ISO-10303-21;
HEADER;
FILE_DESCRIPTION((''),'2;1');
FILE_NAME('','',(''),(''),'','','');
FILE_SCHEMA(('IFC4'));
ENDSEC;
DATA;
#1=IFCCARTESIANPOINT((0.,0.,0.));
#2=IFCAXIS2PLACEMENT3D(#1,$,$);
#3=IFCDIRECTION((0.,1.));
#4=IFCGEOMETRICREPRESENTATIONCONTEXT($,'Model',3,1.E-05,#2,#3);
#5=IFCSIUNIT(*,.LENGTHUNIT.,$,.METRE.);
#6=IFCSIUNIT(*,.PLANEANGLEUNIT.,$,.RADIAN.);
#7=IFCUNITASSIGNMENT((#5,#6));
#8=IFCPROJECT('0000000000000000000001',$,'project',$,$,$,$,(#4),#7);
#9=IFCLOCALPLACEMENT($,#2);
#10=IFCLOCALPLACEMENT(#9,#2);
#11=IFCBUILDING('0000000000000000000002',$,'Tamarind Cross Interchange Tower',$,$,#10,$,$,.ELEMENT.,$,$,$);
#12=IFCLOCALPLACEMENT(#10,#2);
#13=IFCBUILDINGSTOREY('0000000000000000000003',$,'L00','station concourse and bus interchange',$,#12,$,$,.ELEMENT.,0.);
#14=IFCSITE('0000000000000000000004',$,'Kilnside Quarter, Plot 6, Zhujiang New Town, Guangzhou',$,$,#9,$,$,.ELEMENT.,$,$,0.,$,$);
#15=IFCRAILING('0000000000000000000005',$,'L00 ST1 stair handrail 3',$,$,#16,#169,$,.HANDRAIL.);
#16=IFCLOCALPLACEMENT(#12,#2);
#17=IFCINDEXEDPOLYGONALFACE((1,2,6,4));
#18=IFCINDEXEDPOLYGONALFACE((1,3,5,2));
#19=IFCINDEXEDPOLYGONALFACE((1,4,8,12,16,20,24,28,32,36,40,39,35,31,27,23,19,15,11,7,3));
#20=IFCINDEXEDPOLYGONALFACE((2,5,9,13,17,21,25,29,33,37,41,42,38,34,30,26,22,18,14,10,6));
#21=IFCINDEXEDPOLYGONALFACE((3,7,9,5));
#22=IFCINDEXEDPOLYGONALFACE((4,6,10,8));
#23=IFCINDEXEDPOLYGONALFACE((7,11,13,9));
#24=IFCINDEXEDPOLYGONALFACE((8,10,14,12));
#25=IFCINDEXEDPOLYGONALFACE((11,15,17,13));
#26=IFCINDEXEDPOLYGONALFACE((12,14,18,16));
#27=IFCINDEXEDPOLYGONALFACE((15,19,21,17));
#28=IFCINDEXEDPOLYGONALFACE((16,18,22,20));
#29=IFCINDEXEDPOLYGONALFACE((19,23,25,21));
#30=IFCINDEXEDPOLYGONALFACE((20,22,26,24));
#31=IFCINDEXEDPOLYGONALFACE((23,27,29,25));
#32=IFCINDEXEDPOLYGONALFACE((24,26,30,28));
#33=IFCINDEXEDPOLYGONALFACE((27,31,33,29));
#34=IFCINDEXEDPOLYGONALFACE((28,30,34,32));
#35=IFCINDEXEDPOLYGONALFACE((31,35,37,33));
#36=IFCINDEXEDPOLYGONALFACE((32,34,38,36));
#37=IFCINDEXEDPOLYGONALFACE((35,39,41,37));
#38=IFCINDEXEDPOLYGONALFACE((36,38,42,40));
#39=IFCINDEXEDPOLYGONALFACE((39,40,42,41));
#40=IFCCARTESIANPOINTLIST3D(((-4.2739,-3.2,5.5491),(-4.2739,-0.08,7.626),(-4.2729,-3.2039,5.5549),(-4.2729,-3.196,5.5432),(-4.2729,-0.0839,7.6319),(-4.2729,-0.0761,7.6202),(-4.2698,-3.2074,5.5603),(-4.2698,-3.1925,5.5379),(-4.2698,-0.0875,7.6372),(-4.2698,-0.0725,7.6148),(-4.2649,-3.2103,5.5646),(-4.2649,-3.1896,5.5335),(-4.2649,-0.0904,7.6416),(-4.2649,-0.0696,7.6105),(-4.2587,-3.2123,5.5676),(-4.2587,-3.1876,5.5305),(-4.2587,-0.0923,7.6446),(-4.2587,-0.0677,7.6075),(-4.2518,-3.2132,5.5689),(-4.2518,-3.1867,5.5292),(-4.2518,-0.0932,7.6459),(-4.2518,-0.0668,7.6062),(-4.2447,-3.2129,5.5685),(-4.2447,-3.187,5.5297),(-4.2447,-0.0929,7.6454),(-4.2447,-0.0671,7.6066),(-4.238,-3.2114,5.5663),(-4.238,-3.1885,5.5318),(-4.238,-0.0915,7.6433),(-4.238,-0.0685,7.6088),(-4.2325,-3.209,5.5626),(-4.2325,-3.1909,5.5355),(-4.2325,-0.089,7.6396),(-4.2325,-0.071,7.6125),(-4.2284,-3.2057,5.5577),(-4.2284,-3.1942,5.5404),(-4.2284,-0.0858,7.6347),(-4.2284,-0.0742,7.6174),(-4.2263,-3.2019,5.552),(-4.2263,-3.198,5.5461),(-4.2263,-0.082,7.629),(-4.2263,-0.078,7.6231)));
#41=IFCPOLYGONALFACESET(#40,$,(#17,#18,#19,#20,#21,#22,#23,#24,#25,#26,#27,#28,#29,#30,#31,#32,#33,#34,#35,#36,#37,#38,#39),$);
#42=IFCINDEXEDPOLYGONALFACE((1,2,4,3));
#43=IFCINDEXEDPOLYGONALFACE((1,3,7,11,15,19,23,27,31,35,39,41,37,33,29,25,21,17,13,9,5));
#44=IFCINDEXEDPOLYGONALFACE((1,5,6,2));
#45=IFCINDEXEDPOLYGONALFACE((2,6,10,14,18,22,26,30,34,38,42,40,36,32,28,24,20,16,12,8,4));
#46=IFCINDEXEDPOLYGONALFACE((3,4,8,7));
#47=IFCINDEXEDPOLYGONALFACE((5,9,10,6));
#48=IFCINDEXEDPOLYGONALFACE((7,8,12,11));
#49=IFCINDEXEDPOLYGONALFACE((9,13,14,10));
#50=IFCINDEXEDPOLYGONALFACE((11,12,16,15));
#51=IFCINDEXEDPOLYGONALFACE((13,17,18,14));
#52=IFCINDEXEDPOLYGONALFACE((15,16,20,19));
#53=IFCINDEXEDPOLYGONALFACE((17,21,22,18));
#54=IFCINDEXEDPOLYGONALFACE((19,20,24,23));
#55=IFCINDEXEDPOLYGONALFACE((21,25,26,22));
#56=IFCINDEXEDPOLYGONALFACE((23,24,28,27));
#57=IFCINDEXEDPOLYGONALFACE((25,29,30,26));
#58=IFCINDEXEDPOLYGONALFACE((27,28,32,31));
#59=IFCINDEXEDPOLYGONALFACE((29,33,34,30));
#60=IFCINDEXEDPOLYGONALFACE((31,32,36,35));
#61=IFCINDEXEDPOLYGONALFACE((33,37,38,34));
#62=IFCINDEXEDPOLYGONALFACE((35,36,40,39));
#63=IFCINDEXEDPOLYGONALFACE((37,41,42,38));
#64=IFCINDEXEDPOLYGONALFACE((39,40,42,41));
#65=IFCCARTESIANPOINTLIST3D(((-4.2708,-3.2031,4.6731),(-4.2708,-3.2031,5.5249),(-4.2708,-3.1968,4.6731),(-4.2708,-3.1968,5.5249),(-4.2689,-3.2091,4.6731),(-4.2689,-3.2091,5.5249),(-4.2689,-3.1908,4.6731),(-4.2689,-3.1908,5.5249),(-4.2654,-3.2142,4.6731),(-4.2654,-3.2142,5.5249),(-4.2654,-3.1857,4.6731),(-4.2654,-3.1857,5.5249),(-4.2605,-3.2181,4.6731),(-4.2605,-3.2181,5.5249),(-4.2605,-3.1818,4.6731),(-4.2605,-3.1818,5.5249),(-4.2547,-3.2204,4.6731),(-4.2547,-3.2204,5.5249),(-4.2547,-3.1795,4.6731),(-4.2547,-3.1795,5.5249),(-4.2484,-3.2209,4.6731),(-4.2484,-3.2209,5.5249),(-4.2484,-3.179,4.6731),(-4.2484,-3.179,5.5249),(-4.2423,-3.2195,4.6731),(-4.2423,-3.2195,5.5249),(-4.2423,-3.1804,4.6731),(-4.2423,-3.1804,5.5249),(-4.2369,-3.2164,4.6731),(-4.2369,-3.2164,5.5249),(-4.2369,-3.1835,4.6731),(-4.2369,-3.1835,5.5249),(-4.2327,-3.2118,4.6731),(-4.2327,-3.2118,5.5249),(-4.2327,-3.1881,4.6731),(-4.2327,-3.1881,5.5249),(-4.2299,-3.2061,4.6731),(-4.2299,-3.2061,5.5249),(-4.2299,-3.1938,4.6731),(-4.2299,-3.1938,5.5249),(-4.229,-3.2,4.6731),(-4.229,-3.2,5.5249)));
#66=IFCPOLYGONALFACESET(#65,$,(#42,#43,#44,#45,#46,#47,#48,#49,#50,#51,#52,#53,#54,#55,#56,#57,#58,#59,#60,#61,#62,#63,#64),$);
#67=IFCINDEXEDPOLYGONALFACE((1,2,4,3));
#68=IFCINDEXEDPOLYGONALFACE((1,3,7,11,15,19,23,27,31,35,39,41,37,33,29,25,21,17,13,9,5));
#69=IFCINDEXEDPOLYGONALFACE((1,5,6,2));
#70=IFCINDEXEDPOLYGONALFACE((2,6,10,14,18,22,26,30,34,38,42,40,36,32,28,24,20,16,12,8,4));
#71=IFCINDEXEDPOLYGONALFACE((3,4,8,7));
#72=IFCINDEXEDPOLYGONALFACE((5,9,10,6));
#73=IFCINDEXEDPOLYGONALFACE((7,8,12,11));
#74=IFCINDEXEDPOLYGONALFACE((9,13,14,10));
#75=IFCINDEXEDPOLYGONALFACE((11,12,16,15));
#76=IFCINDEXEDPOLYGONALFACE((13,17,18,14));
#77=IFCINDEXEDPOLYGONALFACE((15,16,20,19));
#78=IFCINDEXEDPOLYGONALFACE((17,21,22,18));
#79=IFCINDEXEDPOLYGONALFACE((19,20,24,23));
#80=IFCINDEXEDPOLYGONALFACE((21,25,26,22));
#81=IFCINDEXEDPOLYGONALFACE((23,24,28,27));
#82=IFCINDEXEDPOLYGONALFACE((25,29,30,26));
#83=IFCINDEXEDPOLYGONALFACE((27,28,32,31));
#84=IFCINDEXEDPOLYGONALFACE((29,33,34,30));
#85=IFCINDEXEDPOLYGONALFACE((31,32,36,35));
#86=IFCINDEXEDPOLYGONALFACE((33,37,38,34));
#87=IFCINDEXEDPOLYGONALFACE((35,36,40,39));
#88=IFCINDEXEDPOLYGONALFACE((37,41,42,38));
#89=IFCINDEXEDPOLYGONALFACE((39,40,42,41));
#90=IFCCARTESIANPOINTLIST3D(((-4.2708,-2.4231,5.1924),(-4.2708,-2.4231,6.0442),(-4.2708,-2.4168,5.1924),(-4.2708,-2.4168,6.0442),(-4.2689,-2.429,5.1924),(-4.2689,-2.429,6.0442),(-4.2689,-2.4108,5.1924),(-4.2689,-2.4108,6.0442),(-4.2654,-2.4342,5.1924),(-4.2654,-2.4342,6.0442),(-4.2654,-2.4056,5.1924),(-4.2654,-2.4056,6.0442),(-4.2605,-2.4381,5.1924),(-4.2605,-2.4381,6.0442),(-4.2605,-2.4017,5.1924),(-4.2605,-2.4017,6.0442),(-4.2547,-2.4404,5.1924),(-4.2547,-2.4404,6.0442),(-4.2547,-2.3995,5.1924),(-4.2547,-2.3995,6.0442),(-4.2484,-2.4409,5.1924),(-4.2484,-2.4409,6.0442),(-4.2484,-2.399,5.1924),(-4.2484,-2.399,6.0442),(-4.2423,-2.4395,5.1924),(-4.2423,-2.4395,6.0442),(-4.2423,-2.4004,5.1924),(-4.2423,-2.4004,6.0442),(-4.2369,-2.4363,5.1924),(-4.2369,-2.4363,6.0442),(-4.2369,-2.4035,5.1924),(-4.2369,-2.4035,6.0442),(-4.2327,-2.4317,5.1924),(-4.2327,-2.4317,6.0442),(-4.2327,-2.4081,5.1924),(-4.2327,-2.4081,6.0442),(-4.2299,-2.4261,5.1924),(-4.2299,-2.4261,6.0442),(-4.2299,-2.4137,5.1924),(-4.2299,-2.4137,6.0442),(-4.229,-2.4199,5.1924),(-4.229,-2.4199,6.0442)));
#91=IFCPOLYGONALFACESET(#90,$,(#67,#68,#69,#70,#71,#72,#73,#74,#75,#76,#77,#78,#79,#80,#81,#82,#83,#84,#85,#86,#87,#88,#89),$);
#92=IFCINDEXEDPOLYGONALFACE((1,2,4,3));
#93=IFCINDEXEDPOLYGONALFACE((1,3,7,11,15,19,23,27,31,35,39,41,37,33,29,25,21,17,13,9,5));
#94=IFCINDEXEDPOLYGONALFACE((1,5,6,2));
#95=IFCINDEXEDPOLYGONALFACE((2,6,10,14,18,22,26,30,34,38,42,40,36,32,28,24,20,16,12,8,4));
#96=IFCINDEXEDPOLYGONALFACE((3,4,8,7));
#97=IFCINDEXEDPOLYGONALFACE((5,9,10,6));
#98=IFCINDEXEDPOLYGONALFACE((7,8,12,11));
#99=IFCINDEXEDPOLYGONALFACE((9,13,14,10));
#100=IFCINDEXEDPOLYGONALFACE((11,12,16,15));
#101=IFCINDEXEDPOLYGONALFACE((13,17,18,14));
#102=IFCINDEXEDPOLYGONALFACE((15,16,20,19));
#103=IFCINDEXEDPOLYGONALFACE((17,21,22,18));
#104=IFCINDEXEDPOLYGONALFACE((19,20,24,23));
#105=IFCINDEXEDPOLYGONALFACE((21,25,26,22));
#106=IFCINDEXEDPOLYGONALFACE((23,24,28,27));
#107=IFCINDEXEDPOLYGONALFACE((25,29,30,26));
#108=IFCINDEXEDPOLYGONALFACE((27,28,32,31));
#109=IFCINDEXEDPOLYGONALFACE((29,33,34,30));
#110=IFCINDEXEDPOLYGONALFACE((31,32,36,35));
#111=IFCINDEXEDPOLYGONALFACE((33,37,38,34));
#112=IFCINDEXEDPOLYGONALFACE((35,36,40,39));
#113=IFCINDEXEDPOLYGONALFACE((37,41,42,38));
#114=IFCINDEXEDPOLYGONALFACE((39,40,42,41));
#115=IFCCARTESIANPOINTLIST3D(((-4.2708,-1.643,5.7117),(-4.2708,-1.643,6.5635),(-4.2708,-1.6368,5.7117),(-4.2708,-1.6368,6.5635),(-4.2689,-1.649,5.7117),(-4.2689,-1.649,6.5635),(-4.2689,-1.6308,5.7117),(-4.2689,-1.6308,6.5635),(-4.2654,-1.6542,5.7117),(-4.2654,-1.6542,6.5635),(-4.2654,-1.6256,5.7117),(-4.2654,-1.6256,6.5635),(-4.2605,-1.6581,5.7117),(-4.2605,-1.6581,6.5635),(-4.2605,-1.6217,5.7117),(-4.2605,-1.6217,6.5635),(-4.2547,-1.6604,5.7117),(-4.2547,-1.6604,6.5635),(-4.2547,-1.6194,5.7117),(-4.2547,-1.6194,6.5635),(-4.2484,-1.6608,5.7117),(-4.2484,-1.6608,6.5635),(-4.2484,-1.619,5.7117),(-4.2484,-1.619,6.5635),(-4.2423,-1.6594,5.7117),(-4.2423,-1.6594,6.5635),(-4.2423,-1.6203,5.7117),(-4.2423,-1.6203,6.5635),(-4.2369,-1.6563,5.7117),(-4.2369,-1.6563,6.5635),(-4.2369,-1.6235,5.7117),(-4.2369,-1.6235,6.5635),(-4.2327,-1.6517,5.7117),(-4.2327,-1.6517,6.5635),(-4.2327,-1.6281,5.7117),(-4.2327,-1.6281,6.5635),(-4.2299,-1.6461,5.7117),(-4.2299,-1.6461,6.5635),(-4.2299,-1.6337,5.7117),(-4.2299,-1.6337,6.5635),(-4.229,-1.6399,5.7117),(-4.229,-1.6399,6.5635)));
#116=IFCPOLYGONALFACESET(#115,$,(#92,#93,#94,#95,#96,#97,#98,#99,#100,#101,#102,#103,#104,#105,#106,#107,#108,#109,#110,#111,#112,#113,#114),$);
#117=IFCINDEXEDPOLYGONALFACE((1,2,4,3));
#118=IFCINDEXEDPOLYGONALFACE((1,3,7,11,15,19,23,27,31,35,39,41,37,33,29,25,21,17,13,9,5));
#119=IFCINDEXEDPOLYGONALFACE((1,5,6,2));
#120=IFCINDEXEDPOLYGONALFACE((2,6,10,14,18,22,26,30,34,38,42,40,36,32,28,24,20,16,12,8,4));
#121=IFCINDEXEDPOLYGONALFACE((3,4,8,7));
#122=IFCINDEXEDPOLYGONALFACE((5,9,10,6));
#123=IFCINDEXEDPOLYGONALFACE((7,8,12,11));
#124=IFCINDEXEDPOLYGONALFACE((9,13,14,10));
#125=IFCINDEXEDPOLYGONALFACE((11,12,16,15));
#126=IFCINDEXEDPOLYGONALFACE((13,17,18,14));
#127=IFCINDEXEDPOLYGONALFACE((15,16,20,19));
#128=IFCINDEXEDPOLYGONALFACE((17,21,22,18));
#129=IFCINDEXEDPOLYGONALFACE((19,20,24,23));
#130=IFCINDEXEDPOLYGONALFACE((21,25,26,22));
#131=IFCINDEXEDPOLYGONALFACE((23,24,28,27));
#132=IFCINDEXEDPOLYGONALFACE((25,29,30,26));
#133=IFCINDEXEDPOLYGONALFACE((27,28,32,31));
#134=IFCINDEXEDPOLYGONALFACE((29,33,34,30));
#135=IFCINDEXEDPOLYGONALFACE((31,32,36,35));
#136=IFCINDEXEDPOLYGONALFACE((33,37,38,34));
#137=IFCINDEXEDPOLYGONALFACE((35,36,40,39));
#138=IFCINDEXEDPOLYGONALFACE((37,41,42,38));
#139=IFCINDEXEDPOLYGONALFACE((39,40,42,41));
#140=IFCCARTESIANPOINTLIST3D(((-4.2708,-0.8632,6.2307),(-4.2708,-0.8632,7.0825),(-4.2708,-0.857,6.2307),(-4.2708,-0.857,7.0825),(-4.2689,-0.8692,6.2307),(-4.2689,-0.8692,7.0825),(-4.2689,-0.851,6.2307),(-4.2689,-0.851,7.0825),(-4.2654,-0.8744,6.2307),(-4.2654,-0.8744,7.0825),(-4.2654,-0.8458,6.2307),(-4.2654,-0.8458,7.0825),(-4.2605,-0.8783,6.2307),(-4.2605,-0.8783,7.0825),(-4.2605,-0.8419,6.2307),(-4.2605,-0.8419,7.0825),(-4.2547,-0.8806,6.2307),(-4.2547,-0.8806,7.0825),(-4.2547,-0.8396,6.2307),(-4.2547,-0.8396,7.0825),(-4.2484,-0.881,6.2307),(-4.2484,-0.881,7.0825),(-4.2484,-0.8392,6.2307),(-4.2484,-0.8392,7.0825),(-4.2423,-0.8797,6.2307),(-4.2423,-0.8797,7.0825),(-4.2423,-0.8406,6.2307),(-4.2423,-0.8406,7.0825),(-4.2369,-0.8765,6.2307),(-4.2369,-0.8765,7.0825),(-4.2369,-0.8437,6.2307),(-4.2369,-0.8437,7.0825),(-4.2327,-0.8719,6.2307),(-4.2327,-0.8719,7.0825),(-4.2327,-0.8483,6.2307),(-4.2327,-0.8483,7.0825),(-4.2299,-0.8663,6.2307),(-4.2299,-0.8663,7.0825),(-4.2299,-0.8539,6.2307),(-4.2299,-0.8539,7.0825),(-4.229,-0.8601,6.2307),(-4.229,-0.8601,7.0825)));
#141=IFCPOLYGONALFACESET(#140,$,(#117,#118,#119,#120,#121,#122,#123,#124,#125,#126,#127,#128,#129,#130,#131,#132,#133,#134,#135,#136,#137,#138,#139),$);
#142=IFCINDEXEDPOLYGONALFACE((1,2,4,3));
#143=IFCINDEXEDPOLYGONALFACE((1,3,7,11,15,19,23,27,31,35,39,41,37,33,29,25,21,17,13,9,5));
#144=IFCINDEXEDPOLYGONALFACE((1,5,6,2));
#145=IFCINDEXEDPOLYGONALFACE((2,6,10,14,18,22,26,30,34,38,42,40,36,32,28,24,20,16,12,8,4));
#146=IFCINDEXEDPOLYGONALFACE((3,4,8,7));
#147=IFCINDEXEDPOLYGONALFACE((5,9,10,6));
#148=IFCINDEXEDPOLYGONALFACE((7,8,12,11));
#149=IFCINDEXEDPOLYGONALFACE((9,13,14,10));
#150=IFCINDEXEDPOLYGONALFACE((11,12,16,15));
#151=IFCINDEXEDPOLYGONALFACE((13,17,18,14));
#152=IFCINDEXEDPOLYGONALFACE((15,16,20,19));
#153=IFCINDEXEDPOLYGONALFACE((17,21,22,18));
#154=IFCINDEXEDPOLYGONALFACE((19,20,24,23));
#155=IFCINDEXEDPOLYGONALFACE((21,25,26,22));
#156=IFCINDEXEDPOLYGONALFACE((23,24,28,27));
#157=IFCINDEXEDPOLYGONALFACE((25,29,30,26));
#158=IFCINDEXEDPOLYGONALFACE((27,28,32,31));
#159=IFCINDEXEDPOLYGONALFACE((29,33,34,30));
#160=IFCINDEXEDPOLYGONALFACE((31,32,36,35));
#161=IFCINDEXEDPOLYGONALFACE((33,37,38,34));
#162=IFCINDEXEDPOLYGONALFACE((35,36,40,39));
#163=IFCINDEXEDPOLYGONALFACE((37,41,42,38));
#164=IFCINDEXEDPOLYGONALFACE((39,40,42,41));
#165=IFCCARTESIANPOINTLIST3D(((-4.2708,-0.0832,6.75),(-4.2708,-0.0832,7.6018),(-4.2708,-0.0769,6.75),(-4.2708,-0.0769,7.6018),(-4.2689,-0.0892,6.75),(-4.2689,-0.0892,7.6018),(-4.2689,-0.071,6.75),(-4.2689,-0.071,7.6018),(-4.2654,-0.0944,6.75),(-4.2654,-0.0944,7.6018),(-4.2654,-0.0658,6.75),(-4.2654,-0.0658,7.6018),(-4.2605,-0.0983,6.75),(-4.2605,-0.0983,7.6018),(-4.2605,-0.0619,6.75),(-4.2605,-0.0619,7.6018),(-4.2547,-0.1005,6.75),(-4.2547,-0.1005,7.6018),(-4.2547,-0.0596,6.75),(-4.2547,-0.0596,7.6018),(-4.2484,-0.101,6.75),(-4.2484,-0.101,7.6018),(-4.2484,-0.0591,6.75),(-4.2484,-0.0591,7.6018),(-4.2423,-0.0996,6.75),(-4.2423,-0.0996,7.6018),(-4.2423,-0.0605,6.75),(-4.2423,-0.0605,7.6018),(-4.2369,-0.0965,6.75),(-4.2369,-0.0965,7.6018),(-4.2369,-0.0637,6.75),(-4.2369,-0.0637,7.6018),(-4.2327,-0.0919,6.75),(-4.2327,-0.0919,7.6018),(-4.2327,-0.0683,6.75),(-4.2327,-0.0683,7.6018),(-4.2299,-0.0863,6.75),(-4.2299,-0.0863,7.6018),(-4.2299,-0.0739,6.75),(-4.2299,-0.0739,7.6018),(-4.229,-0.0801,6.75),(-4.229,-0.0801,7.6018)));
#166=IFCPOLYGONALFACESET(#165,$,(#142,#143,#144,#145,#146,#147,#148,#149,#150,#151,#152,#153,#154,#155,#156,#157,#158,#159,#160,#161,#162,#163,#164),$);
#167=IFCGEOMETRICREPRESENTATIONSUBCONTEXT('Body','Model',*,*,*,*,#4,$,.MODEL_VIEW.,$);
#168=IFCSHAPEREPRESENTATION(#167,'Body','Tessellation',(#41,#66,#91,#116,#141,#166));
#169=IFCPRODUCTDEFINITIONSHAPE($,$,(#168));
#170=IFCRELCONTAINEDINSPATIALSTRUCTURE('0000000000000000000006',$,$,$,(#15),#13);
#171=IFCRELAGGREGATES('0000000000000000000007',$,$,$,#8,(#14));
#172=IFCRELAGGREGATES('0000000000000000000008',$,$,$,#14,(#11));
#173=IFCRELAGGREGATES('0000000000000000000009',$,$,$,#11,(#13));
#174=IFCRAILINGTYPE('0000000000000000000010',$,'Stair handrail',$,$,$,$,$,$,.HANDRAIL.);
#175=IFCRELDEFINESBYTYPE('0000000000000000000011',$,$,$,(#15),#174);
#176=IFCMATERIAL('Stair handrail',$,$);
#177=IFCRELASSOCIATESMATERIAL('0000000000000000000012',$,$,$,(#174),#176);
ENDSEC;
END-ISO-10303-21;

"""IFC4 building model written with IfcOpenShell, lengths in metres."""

from ifc_helpers import new_model, si_unit, direction, frame, origin, origin_2d, place, context, subcontext, project, spatial, circle, extrude, material, type_object, element, save


model = new_model("IFC4")

# Units and contexts
model_context = context("Model", 3, precision=1e-05, world=origin(), true_north=direction((0.0, 1.0)))
body_context = subcontext(model_context, "Body", "Model", "MODEL_VIEW")
ifc_project = project(units=[si_unit("LENGTHUNIT", "METRE"), si_unit("PLANEANGLEUNIT", "RADIAN")], contexts=[model_context])

# Site, building, storey
site_placement = place(None, origin())
site = spatial("IfcSite", under=ifc_project, at=site_placement, Name="Kilnside Quarter, Plot 6, Zhujiang New Town, Guangzhou", CompositionType="ELEMENT", RefElevation=0.0)
building_placement = place(site_placement, origin())
building = spatial("IfcBuilding", under=site, at=building_placement, Name="Tamarind Cross Interchange Tower", CompositionType="ELEMENT")
storey_placement = place(building_placement, origin())
storey = spatial("IfcBuildingStorey", under=building, at=storey_placement, Name="L00", Description="station concourse and bus interchange", CompositionType="ELEMENT", Elevation=0.0)

# Railing
ifc_material_1 = material(Name="Stair handrail")
railing_type_1 = type_object("IfcRailingType", Name="Stair handrail", PredefinedType="HANDRAIL", material=ifc_material_1)
railing_1_placement = place(storey_placement, frame((-4.25, -3.2, 4.6731)))
element("IfcRailing", 1, at=railing_1_placement, inside=storey, type_object=railing_type_1, Name="L00 ST1 stair handrail 3", PredefinedType="HANDRAIL", context=body_context, shape_type="SweptSolid", body=[
    extrude(circle(Radius=0.0239, at=origin_2d()), frame((0.0, 0.0, 0.876), z_axis=(0.0, 0.832421, 0.554144), x_axis=(-1.0, 0.0, 0.0)), (0.0, 0.0, 1.0), 3.748),
    extrude(circle(Radius=0.021, at=origin_2d()), origin(), (0.0, 0.0, 1.0), 0.8518),
    extrude(circle(Radius=0.021, at=origin_2d()), frame((0.0, 0.78, 0.5193)), (0.0, 0.0, 1.0), 0.8518),
    extrude(circle(Radius=0.021, at=origin_2d()), frame((0.0, 1.5601, 1.0386)), (0.0, 0.0, 1.0), 0.8518),
    extrude(circle(Radius=0.021, at=origin_2d()), frame((0.0, 2.3398, 1.5576)), (0.0, 0.0, 1.0), 0.8518),
    extrude(circle(Radius=0.021, at=origin_2d()), frame((0.0, 3.1199, 2.0769)), (0.0, 0.0, 1.0), 0.8518),
])

save(model, "model.ifc")
